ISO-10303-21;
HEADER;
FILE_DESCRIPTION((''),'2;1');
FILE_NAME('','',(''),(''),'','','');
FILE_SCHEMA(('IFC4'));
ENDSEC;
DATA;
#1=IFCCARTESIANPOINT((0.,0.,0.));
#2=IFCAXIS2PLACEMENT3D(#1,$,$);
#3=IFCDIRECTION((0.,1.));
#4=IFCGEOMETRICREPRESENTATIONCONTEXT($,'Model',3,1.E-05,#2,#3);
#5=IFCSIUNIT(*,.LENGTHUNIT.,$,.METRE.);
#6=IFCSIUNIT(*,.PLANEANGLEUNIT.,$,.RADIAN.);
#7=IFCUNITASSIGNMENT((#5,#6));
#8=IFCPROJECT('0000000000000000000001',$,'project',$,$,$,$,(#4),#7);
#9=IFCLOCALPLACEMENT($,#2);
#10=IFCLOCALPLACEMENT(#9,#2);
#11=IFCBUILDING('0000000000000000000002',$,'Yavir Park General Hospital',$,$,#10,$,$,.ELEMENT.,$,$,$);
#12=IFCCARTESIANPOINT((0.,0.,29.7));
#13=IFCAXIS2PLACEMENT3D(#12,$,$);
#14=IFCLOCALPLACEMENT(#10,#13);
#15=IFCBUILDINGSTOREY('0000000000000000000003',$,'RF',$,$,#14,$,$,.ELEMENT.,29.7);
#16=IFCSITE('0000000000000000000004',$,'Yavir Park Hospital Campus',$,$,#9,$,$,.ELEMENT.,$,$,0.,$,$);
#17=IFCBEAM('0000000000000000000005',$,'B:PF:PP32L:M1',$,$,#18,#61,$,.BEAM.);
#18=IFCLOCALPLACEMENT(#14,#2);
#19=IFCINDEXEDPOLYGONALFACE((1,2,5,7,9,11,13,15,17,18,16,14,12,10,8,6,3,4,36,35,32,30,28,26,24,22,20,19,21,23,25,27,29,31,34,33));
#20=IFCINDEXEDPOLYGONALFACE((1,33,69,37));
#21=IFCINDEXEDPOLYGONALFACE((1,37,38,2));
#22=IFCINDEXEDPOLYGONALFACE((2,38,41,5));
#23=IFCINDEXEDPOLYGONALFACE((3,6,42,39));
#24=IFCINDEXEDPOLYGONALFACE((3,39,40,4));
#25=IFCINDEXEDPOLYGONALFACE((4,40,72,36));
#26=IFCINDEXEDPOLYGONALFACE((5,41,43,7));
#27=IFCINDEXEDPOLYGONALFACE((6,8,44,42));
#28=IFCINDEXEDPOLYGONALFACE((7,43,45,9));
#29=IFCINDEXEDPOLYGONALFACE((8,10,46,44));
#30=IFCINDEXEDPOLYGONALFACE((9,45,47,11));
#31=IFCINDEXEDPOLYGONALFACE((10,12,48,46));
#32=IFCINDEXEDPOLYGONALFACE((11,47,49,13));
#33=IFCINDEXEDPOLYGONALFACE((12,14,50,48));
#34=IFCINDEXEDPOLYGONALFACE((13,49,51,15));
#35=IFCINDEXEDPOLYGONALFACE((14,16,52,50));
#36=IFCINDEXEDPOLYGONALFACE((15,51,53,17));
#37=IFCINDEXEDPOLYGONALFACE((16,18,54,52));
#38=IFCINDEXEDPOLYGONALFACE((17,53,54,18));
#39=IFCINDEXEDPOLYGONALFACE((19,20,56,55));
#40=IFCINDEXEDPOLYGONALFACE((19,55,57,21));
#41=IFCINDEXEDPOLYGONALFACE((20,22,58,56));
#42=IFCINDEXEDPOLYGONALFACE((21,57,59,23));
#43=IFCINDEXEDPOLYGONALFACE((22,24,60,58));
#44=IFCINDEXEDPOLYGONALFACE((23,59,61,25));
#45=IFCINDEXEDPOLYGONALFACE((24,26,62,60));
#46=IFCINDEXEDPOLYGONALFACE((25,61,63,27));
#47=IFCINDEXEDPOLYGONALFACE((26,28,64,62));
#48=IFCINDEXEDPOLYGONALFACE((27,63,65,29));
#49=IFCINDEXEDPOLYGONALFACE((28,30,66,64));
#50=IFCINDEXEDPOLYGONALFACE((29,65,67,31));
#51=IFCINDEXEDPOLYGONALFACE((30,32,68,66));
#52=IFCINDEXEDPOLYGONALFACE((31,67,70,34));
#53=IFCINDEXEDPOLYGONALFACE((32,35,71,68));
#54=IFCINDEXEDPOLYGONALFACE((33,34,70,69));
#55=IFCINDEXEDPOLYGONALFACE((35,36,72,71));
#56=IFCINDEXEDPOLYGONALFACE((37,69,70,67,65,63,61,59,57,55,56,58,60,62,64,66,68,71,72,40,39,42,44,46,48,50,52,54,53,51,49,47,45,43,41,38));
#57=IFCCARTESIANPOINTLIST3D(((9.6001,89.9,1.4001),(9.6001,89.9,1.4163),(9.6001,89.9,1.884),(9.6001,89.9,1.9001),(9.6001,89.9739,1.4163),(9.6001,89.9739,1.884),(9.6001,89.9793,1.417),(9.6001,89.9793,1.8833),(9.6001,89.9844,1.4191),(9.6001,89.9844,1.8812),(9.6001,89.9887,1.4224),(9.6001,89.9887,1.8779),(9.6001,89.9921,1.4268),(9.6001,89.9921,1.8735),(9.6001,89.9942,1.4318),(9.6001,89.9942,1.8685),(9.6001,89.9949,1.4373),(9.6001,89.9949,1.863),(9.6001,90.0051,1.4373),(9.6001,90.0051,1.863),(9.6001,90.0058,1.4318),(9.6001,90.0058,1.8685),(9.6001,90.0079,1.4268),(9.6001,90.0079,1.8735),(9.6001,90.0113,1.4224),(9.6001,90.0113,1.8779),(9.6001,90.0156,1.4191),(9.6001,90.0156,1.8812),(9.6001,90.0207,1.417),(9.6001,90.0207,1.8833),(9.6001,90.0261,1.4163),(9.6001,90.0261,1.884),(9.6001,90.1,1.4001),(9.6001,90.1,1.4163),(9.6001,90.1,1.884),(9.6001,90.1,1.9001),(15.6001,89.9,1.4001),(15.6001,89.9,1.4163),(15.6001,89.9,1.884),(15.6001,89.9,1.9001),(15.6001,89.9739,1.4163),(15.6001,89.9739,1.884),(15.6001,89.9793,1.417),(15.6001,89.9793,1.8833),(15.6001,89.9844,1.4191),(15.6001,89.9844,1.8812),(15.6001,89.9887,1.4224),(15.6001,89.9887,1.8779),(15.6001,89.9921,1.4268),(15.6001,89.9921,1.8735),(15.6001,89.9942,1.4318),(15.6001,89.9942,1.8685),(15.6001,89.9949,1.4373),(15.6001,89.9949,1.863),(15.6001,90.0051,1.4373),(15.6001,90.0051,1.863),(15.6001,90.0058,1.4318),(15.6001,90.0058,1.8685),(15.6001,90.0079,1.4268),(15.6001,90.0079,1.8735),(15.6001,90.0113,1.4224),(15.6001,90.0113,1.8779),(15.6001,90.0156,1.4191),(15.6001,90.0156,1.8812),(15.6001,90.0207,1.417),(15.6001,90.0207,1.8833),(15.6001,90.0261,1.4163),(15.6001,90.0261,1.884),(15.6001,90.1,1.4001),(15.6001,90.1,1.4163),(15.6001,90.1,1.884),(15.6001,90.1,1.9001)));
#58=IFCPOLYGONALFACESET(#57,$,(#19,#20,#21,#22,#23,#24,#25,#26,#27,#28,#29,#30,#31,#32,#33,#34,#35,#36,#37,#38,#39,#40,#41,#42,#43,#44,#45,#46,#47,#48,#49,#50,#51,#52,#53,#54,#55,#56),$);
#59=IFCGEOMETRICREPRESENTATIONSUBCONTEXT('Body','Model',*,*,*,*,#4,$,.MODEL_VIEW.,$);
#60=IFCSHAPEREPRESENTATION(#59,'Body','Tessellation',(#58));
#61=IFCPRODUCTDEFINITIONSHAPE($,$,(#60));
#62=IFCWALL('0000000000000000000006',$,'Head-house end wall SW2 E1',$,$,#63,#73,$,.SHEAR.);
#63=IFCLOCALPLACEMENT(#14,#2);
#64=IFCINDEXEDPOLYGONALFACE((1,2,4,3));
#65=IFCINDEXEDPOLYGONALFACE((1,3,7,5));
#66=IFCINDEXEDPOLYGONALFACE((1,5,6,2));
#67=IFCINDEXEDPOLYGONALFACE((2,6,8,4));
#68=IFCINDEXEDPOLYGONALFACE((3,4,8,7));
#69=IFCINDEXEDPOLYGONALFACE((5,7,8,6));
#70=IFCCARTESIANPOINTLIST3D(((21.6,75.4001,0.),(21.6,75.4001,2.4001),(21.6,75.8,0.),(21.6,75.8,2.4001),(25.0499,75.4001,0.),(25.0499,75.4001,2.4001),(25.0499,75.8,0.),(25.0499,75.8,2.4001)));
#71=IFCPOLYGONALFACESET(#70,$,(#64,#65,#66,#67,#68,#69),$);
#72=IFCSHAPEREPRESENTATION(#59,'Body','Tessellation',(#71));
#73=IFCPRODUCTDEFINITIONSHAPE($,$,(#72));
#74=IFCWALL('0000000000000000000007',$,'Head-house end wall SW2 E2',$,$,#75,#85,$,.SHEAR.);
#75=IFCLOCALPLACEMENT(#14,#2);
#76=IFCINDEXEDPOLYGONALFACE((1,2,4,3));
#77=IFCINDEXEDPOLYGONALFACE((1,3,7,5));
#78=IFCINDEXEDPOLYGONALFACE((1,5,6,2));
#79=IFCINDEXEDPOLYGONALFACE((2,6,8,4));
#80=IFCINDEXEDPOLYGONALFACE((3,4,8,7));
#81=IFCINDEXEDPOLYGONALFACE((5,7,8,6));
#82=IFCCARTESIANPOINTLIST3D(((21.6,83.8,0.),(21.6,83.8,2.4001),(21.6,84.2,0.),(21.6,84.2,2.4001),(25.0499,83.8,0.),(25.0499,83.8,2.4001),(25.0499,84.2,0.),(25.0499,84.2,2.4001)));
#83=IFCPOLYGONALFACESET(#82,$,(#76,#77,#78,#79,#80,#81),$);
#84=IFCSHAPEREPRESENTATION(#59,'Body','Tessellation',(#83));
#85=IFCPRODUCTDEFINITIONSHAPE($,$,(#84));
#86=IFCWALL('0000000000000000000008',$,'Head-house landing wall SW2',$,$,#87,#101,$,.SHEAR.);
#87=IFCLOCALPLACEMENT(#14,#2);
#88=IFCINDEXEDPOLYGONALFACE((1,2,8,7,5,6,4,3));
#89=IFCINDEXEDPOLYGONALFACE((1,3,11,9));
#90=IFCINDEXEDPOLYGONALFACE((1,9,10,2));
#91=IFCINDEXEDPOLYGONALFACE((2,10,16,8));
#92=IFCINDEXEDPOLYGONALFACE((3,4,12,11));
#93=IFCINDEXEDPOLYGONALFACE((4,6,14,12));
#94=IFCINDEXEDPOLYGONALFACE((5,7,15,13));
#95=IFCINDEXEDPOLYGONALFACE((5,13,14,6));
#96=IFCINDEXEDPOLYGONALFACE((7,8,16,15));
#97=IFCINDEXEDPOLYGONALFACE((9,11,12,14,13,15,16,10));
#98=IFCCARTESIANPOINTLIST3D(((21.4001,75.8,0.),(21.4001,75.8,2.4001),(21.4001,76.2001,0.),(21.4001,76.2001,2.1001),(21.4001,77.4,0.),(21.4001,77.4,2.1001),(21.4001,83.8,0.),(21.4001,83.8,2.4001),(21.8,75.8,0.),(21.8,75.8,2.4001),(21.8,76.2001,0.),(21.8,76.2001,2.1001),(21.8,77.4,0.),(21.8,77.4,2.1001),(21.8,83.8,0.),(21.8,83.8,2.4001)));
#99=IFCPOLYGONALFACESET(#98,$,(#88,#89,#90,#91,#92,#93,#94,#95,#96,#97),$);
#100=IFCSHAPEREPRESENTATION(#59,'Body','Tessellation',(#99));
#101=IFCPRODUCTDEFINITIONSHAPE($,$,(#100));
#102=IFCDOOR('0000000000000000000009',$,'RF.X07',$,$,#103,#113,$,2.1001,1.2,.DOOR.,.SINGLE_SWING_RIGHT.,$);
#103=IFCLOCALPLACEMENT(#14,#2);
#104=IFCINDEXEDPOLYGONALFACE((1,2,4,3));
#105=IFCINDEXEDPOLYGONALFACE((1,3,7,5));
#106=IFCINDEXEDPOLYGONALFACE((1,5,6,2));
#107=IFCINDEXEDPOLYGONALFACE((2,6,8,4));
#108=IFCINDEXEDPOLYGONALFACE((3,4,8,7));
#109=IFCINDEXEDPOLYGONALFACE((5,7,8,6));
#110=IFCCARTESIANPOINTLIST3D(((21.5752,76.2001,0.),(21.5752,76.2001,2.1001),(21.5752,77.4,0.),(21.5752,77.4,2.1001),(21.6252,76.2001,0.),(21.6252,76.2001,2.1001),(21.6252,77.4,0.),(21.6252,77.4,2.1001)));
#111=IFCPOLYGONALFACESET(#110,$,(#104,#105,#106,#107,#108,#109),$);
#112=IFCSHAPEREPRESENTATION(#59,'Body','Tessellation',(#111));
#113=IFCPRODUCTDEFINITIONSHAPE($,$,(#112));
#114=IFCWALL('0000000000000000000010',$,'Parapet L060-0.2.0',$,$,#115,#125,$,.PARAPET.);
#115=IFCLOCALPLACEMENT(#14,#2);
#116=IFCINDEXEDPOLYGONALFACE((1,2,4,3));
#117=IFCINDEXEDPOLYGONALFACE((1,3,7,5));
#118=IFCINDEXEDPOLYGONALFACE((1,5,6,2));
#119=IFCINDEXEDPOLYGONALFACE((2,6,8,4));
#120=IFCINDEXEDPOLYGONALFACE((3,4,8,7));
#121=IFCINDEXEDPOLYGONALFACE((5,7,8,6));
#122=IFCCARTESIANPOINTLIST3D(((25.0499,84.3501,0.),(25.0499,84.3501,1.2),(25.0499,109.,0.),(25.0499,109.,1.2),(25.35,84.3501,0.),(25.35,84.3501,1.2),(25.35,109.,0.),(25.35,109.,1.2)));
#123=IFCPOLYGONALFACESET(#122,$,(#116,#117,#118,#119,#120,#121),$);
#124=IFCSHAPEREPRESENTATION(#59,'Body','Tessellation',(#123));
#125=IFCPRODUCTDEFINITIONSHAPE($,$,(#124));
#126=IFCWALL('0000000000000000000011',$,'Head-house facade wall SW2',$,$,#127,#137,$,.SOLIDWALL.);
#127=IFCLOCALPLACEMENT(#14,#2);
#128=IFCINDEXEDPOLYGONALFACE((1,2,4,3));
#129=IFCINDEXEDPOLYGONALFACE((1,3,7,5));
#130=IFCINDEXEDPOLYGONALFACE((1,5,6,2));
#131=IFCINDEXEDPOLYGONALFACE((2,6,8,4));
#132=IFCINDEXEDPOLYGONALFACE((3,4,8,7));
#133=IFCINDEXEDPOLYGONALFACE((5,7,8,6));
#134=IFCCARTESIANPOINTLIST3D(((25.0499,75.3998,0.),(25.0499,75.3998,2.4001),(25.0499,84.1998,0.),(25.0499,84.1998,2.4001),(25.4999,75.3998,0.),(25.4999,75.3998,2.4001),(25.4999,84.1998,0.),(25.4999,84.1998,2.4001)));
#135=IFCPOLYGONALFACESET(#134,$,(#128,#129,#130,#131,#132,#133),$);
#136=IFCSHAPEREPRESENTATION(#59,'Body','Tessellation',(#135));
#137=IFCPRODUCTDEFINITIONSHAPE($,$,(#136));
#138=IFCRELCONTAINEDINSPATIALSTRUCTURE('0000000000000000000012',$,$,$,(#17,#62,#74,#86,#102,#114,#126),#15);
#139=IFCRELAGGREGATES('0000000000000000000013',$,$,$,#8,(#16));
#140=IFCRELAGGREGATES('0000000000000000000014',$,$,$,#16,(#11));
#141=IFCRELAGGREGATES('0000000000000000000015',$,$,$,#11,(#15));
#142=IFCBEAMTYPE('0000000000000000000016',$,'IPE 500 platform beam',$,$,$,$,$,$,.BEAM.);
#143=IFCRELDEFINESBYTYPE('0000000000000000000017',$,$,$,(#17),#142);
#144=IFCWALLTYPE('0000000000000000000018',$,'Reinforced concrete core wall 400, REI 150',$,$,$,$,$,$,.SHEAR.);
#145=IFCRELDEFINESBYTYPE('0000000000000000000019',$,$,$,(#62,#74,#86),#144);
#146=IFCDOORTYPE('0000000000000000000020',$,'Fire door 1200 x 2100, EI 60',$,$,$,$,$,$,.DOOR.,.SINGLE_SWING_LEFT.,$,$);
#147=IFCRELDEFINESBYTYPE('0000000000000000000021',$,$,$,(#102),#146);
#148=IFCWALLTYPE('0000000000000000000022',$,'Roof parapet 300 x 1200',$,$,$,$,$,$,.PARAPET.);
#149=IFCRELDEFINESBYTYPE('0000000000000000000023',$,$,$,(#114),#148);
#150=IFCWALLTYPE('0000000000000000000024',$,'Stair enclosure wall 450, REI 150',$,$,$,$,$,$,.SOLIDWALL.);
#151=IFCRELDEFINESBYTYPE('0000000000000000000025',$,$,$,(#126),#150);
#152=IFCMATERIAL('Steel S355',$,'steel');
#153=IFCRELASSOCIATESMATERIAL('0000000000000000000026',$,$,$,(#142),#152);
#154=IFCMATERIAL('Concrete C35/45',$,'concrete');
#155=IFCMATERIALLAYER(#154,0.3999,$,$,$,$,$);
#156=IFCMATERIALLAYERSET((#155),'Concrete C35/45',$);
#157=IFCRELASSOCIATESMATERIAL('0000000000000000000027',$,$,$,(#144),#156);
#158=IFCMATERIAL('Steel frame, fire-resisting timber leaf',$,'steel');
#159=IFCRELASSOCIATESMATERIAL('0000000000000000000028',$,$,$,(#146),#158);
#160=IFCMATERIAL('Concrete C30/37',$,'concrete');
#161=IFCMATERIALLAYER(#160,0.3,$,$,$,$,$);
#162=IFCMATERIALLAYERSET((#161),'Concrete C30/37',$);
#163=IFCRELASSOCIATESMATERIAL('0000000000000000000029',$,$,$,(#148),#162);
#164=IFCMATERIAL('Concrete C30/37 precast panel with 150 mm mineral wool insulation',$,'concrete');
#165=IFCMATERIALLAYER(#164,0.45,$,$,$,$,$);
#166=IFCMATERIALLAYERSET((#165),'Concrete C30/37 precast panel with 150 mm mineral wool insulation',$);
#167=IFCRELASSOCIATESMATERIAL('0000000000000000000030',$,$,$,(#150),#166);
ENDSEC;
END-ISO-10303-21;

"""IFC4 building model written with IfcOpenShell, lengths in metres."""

from ifc_helpers import new_model, si_unit, direction, frame, frame_2d, origin, origin_2d, place, context, subcontext, project, spatial, rectangle, i_section, extrude, material, layer, layer_set, material_profile, profile_set, type_object, element, fill, save


model = new_model("IFC4")

# Units and contexts
model_context = context("Model", 3, precision=1e-05, world=origin(), true_north=direction((0.0, 1.0)))
body_context = subcontext(model_context, "Body", "Model", "MODEL_VIEW")
ifc_project = project(units=[si_unit("LENGTHUNIT", "METRE"), si_unit("PLANEANGLEUNIT", "RADIAN")], contexts=[model_context])

# Site, building, storey
site_placement = place(None, origin())
site = spatial("IfcSite", under=ifc_project, at=site_placement, Name="Yavir Park Hospital Campus", CompositionType="ELEMENT", RefElevation=0.0)
building_placement = place(site_placement, origin())
building = spatial("IfcBuilding", under=site, at=building_placement, Name="Yavir Park General Hospital", CompositionType="ELEMENT")
storey_placement = place(building_placement, frame((0.0, 0.0, 29.7)))
storey = spatial("IfcBuildingStorey", under=building, at=storey_placement, Name="RF", CompositionType="ELEMENT", Elevation=29.7)

# Beam
ifc_material_1 = material(Name="Steel S355", Category="steel")
ifc_material_profile_1 = material_profile(ifc_material_1, i_section(OverallWidth=0.2, OverallDepth=0.5, WebThickness=0.0103, FlangeThickness=0.0161, FilletRadius=0.021, at=origin_2d()), Name="IPE500")
ifc_profile_set_1 = profile_set([ifc_material_profile_1], Name="Steel S355")
beam_type_1 = type_object("IfcBeamType", Name="IPE 500 platform beam", PredefinedType="BEAM", material=ifc_profile_set_1)
for number, where, z_axis, x_axis, name in (
    (1, (9.6001, 90.0, 1.6501), (1.0, 0.0, 0.0), (0.0, 1.0, 0.0), "B:PF:PP32L:M1"),
):
    element("IfcBeam", number, at=place(storey_placement, frame(where, z_axis=z_axis, x_axis=x_axis)), inside=storey, type_object=beam_type_1, Name=name, PredefinedType="BEAM", context=body_context, shape_type="SweptSolid", body=[
        extrude(i_section(OverallWidth=0.2, OverallDepth=0.5, WebThickness=0.0103, FlangeThickness=0.0161, FilletRadius=0.021, at=origin_2d()), origin(), (0.0, 0.0, 1.0), 6.0),
    ])

# Walls
ifc_material_2 = material(Name="Concrete C35/45", Category="concrete")
ifc_layer_1 = layer(ifc_material_2, 0.3999)
ifc_layer_set_1 = layer_set([ifc_layer_1], Name="Concrete C35/45")
wall_type_1 = type_object("IfcWallType", Name="Reinforced concrete core wall 400, REI 150", PredefinedType="SHEAR", material=ifc_layer_set_1)
for number, where, z_axis, x_axis, name in (
    (2, (25.05, 75.6001, 0.0), (0.0, 0.0, 1.0), (-1.0, 0.0, 0.0), "Head-house end wall SW2 E1"),
    (3, (25.05, 84.0, 0.0), (0.0, 0.0, 1.0), (-1.0, 0.0, 0.0), "Head-house end wall SW2 E2"),
):
    element("IfcWall", number, at=place(storey_placement, frame(where, z_axis=z_axis, x_axis=x_axis)), inside=storey, type_object=wall_type_1, Name=name, PredefinedType="SHEAR", context=body_context, shape_type="SweptSolid", body=[
        extrude(rectangle(XDim=3.45, YDim=0.3999, at=frame_2d((1.7251, 0.0))), origin(), (0.0, 0.0, 1.0), 2.4001),
    ])

# Wall, opening, door
wall_1_placement = place(storey_placement, frame((21.6001, 75.8, 0.0), z_axis=(0.0, 0.0, 1.0), x_axis=(0.0, 1.0, 0.0)))
wall_1 = element("IfcWall", 4, at=wall_1_placement, inside=storey, type_object=wall_type_1, Name="Head-house landing wall SW2", PredefinedType="SHEAR", context=body_context, shape_type="SweptSolid", body=[
    extrude(rectangle(XDim=8.0, YDim=0.3999, at=frame_2d((4.0, 0.0))), origin(), (0.0, 0.0, 1.0), 2.4001),
])
opening_placement = place(wall_1_placement, frame((0.3999, 0.0, 0.0)))
opening = element("IfcOpeningElement", 5, at=opening_placement, cuts=wall_1, PredefinedType="OPENING", context=body_context, shape_type="SweptSolid", body=[
    extrude(rectangle(XDim=1.2, YDim=2.1001, at=frame_2d((0.6001, 1.05))), frame((0.0, 0.21, 0.0), z_axis=(0.0, -1.0, 0.0), x_axis=(1.0, 0.0, 0.0)), (0.0, 0.0, 1.0), 0.4199),
])
ifc_material_3 = material(Name="Steel frame, fire-resisting timber leaf", Category="steel")
door_type = type_object("IfcDoorType", Name="Fire door 1200 x 2100, EI 60", OperationType="SINGLE_SWING_LEFT", PredefinedType="DOOR", material=ifc_material_3)
door_placement = place(opening_placement, origin())
door = element("IfcDoor", 6, at=door_placement, inside=storey, type_object=door_type, Name="RF.X07", OperationType="SINGLE_SWING_RIGHT", OverallHeight=2.1001, OverallWidth=1.2, PredefinedType="DOOR", context=body_context, shape_type="SweptSolid", body=[
    extrude(rectangle(XDim=1.2, YDim=2.1001, at=frame_2d((0.6001, 1.05))), frame((0.0, 0.0249, 0.0), z_axis=(0.0, -1.0, 0.0), x_axis=(1.0, 0.0, 0.0)), (0.0, 0.0, 1.0), 0.05),
])
fill(opening, door)

# Walls
ifc_material_4 = material(Name="Concrete C30/37", Category="concrete")
ifc_layer_2 = layer(ifc_material_4, 0.3)
ifc_layer_set_2 = layer_set([ifc_layer_2], Name="Concrete C30/37")
wall_type_2 = type_object("IfcWallType", Name="Roof parapet 300 x 1200", PredefinedType="PARAPET", material=ifc_layer_set_2)
wall_2_placement = place(storey_placement, frame((25.2, 84.3501, 0.0), z_axis=(0.0, 0.0, 1.0), x_axis=(0.0, 1.0, 0.0)))
element("IfcWall", 7, at=wall_2_placement, inside=storey, type_object=wall_type_2, Name="Parapet L060-0.2.0", PredefinedType="PARAPET", context=body_context, shape_type="SweptSolid", body=[
    extrude(rectangle(XDim=24.6499, YDim=0.3, at=frame_2d((12.325, 0.0))), origin(), (0.0, 0.0, 1.0), 1.2),
])
ifc_material_5 = material(Name="Concrete C30/37 precast panel with 150 mm mineral wool insulation", Category="concrete")
ifc_layer_3 = layer(ifc_material_5, 0.45)
ifc_layer_set_3 = layer_set([ifc_layer_3], Name="Concrete C30/37 precast panel with 150 mm mineral wool insulation")
wall_type_3 = type_object("IfcWallType", Name="Stair enclosure wall 450, REI 150", PredefinedType="SOLIDWALL", material=ifc_layer_set_3)
wall_3_placement = place(storey_placement, frame((25.2749, 75.3999, 0.0), z_axis=(0.0, 0.0, 1.0), x_axis=(0.0, 1.0, 0.0)))
element("IfcWall", 8, at=wall_3_placement, inside=storey, type_object=wall_type_3, Name="Head-house facade wall SW2", PredefinedType="SOLIDWALL", context=body_context, shape_type="SweptSolid", body=[
    extrude(rectangle(XDim=8.8, YDim=0.45, at=frame_2d((4.3999, 0.0))), origin(), (0.0, 0.0, 1.0), 2.4001),
])

save(model, "model.ifc")
